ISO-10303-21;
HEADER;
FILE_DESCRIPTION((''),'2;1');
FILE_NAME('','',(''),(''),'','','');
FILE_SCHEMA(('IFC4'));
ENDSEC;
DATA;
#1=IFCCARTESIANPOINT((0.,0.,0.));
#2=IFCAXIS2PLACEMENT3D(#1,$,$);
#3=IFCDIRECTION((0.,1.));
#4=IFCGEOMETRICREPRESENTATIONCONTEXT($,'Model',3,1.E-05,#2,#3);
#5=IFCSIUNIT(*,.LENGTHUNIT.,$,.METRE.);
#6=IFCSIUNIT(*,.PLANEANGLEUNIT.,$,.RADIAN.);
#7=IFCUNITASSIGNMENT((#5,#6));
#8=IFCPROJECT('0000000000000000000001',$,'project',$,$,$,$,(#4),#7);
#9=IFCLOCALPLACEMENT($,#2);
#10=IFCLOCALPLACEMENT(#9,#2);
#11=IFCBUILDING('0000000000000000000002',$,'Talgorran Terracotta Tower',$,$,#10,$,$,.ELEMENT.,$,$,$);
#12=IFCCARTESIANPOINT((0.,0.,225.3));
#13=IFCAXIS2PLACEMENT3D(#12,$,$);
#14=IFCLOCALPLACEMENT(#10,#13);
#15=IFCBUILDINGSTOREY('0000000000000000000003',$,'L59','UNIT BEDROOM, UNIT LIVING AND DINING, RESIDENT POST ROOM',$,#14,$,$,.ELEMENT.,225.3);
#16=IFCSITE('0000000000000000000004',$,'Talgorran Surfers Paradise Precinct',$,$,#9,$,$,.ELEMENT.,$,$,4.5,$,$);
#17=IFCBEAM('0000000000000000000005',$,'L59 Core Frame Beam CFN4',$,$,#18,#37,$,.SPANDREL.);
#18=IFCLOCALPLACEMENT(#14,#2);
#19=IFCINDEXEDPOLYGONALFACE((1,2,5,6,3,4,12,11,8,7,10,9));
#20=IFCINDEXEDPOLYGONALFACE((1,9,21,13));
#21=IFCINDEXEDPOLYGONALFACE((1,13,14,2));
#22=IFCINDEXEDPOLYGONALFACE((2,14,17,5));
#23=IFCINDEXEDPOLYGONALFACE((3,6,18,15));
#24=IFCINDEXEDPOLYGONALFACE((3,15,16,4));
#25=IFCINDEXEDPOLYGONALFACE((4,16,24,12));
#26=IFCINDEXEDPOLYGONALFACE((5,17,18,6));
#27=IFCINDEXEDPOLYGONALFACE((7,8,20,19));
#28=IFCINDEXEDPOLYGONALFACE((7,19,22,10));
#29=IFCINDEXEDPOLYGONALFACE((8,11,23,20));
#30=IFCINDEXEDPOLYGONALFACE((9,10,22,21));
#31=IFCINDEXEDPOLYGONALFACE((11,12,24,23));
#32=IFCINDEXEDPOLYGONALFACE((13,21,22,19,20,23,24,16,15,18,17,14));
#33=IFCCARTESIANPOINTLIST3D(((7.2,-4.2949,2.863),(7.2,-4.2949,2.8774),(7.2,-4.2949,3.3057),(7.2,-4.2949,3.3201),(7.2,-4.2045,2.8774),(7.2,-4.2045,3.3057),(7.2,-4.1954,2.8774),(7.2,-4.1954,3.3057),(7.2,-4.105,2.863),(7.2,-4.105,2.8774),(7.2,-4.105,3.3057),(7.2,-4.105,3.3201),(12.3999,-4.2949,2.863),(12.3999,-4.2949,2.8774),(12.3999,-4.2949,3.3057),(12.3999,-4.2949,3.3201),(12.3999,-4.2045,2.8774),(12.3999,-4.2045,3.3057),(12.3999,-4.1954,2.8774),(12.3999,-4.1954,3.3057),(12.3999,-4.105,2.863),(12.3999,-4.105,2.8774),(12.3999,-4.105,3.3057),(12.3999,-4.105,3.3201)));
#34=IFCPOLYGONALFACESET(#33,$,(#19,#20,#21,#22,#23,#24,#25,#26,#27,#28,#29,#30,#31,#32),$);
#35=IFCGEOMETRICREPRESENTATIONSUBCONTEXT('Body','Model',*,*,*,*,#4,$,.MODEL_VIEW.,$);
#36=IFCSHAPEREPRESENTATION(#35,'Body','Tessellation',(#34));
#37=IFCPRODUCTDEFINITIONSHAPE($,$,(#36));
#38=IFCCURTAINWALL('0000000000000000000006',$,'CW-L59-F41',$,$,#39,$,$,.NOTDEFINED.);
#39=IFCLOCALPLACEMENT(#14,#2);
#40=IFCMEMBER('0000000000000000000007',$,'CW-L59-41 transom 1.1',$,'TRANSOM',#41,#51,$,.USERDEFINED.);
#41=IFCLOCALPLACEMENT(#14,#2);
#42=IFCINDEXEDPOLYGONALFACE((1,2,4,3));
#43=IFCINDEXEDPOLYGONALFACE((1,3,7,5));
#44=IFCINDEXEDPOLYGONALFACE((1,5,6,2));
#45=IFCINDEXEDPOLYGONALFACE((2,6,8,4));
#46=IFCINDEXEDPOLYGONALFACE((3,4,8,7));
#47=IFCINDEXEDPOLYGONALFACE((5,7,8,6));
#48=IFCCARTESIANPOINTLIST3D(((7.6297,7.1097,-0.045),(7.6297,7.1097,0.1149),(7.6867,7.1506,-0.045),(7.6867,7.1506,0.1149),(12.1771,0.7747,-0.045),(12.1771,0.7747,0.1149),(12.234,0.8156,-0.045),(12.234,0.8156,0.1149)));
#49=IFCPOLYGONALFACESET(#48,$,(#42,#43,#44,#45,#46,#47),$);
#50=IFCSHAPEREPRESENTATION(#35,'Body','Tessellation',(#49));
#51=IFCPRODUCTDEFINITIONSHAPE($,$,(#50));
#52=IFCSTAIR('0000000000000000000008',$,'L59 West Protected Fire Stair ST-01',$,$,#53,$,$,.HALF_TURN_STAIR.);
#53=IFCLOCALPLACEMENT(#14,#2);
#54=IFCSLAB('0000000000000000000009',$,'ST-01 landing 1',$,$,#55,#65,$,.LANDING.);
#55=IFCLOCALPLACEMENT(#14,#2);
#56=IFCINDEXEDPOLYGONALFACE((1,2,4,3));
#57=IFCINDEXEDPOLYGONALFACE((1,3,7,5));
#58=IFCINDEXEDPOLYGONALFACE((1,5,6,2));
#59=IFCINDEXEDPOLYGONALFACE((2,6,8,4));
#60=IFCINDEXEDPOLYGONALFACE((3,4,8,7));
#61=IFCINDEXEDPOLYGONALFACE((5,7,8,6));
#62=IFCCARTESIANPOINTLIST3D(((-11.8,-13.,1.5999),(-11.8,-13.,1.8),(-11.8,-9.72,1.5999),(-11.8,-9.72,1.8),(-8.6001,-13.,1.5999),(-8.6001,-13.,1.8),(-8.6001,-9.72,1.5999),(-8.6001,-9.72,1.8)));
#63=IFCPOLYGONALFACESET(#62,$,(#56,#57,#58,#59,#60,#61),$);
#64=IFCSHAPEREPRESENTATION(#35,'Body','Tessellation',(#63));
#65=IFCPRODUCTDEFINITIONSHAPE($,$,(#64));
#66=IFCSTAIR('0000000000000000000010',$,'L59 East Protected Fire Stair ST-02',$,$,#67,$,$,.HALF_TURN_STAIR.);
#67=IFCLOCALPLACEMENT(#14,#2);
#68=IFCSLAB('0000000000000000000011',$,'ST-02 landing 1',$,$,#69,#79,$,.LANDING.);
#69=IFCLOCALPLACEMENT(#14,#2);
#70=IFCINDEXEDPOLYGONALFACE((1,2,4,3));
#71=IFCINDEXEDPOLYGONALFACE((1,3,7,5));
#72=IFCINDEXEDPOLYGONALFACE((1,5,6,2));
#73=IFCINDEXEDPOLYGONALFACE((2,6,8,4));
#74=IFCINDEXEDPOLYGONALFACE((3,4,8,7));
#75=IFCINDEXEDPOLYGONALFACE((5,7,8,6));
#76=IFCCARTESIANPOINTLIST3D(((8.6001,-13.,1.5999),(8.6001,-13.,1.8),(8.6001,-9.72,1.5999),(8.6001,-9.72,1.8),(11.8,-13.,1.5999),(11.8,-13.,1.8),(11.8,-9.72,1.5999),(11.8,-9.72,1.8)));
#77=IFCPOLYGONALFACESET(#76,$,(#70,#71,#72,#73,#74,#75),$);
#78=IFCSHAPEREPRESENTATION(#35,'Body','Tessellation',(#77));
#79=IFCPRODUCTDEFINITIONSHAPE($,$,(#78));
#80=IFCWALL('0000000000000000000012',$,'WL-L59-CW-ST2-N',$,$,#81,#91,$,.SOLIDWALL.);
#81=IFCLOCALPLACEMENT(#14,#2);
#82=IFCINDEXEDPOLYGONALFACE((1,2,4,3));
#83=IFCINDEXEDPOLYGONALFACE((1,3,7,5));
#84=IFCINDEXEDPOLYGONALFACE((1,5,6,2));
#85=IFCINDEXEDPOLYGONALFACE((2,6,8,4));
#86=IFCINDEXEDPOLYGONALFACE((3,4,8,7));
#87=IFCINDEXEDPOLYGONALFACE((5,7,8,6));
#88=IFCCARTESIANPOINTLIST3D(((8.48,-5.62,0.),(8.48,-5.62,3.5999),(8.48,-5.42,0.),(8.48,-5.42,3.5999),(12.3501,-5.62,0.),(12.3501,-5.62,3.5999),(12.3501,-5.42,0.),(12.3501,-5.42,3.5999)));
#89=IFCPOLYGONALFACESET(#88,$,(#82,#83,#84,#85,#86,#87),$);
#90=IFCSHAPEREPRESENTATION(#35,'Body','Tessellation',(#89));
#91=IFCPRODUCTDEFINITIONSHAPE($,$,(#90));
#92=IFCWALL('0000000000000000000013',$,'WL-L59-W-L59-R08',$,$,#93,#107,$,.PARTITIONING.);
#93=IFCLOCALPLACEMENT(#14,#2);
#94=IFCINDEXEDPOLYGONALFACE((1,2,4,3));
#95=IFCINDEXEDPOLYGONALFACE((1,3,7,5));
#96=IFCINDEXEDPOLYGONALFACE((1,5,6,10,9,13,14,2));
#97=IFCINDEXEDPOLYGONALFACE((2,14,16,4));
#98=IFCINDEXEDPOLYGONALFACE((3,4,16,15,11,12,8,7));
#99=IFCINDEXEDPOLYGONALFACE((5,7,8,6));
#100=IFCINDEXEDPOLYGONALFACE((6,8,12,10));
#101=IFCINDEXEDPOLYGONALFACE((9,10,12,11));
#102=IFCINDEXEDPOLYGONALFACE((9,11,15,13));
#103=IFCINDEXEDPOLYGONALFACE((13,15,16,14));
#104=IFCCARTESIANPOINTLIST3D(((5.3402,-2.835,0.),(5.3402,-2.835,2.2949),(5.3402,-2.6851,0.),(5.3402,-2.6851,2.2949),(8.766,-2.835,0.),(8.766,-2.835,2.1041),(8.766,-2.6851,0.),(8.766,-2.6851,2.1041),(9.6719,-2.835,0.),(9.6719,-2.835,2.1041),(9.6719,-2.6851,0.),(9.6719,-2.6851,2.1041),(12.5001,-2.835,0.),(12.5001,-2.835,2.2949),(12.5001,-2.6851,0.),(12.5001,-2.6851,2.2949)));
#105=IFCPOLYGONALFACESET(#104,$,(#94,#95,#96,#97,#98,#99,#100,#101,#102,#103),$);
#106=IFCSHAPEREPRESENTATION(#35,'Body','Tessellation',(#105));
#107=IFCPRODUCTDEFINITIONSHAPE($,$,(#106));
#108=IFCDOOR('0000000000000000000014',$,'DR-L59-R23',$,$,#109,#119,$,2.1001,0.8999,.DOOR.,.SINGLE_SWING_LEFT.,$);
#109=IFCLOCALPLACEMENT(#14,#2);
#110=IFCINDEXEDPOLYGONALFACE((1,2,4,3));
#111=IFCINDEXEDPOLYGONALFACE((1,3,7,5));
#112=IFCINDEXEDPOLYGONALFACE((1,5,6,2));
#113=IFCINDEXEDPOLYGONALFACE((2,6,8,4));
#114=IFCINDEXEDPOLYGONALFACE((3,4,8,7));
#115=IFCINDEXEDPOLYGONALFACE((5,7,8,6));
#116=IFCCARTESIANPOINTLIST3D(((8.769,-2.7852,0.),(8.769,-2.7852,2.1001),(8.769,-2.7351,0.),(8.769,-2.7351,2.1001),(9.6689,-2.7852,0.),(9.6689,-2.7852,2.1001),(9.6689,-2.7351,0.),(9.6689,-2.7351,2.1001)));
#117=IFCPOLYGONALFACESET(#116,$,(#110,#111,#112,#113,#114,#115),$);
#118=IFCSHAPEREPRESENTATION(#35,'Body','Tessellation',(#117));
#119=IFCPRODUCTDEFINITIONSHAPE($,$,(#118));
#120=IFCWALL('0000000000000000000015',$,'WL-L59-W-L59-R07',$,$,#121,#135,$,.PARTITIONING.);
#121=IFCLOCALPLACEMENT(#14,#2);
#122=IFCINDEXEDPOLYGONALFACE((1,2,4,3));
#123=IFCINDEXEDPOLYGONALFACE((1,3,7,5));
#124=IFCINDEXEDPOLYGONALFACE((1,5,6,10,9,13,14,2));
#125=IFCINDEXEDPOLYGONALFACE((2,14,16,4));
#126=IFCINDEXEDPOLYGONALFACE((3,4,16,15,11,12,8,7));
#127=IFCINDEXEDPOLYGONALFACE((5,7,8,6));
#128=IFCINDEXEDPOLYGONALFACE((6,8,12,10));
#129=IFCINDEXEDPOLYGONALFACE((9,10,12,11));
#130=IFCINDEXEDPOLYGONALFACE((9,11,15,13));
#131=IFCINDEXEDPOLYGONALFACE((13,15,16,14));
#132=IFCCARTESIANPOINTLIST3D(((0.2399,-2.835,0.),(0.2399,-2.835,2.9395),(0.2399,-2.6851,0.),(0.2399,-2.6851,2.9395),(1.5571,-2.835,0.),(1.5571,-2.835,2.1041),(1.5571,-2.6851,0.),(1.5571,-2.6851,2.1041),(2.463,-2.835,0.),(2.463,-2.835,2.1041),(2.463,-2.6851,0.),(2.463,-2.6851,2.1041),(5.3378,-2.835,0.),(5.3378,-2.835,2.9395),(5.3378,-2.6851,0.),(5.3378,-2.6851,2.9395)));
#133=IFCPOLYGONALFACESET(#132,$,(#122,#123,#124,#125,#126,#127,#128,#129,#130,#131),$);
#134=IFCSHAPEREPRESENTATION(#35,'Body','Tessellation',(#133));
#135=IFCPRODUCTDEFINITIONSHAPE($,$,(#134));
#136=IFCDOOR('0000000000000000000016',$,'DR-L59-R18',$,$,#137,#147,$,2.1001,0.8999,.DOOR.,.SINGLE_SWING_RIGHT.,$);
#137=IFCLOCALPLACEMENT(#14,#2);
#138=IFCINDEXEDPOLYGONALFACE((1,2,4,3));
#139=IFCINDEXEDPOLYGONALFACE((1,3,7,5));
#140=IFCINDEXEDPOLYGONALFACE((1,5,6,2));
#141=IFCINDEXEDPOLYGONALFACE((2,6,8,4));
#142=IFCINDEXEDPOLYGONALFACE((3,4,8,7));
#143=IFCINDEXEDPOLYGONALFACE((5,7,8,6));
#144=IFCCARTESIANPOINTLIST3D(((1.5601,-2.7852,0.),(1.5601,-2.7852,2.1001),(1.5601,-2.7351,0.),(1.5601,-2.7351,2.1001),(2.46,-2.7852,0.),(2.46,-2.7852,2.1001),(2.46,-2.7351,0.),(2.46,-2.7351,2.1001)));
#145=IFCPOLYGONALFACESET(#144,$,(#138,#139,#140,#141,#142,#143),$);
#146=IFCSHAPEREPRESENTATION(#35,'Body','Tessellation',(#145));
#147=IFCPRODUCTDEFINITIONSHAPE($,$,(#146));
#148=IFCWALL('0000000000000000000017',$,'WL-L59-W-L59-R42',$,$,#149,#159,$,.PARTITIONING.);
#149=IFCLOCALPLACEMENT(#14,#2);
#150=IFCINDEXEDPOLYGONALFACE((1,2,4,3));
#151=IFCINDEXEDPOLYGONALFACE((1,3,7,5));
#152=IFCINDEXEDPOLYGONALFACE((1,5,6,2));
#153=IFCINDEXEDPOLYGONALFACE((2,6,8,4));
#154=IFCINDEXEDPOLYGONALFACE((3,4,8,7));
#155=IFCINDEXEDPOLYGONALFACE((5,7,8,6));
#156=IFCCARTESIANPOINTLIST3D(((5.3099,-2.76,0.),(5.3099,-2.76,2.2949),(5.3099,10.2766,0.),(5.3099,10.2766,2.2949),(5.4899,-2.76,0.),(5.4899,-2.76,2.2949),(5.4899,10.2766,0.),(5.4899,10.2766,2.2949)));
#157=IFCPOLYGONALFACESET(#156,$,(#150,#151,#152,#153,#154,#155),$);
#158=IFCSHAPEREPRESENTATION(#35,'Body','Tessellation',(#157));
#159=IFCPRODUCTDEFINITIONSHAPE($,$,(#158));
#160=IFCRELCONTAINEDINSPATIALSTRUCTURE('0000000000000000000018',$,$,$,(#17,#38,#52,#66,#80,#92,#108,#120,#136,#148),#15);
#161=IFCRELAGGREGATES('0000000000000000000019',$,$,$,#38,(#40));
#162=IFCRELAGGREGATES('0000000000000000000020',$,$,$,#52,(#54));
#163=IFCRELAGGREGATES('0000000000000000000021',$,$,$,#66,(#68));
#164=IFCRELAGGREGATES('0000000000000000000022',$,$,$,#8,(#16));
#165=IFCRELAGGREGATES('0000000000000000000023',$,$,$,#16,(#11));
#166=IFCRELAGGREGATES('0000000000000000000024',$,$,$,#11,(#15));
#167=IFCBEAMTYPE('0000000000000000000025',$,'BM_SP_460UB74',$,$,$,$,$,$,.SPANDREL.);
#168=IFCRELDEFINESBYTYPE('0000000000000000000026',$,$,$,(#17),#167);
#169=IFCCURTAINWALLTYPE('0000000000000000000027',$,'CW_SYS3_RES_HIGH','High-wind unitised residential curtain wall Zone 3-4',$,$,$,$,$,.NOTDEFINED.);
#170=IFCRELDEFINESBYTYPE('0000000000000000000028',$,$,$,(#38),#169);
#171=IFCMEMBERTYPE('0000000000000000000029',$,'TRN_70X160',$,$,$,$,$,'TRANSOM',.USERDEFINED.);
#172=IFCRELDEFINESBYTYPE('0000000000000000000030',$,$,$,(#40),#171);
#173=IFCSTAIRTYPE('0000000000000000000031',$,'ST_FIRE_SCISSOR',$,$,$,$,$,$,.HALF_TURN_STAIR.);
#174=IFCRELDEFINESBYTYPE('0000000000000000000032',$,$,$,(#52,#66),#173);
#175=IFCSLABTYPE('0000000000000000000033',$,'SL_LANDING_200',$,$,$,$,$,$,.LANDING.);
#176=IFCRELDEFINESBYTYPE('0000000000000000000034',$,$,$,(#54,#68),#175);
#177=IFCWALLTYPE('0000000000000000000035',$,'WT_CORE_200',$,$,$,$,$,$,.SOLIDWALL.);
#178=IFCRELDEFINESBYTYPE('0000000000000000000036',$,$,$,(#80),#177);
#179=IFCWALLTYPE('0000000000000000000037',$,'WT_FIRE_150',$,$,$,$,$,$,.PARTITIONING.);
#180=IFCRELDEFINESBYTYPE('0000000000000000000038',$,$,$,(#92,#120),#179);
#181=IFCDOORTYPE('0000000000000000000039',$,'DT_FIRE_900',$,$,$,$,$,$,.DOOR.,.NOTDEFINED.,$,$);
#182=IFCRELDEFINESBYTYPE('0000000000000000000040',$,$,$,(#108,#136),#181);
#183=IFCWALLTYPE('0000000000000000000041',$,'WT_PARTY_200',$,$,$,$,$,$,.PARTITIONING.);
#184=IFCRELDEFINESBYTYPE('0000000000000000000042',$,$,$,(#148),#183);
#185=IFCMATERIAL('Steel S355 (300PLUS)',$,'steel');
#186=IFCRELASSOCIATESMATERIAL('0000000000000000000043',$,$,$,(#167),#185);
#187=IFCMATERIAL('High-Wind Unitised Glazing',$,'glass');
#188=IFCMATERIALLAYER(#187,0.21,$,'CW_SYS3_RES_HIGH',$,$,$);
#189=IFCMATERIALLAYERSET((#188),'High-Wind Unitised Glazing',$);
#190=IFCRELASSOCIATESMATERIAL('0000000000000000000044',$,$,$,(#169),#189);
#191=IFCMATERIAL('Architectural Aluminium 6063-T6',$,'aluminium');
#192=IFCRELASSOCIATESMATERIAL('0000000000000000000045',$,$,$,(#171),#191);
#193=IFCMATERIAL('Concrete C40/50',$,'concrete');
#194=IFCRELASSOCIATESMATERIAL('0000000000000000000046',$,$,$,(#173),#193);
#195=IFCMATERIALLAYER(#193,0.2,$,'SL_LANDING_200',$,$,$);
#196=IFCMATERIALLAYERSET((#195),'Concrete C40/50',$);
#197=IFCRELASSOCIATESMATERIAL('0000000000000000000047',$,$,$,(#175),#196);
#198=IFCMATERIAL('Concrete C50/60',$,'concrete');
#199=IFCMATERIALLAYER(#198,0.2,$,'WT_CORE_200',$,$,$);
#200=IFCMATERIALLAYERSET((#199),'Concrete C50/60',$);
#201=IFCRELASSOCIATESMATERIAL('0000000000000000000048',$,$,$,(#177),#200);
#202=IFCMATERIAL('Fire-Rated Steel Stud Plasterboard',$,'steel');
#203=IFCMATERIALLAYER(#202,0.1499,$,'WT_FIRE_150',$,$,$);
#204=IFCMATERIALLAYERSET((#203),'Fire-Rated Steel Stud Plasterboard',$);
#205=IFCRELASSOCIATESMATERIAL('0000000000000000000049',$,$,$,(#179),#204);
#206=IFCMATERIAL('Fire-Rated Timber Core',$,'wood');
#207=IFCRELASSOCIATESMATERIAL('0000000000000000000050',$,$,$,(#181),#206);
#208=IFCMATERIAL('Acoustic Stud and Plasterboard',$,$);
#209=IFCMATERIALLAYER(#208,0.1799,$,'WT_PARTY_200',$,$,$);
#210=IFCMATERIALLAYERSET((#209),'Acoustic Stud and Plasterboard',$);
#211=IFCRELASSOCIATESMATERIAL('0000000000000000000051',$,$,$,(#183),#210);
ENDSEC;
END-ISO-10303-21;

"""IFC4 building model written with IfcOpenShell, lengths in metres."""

from ifc_helpers import new_model, si_unit, direction, frame, frame_2d, origin, origin_2d, place, context, subcontext, project, spatial, polyline, rectangle, i_section, outline, extrude, material, layer, layer_set, material_profile, profile_set, type_object, element, fill, aggregate, save


model = new_model("IFC4")

# Units and contexts
model_context = context("Model", 3, precision=1e-05, world=origin(), true_north=direction((0.0, 1.0)))
body_context = subcontext(model_context, "Body", "Model", "MODEL_VIEW")
ifc_project = project(units=[si_unit("LENGTHUNIT", "METRE"), si_unit("PLANEANGLEUNIT", "RADIAN")], contexts=[model_context])

# Site, building, storey
site_placement = place(None, origin())
site = spatial("IfcSite", under=ifc_project, at=site_placement, Name="Talgorran Surfers Paradise Precinct", CompositionType="ELEMENT", RefElevation=4.5)
building_placement = place(site_placement, origin())
building = spatial("IfcBuilding", under=site, at=building_placement, Name="Talgorran Terracotta Tower", CompositionType="ELEMENT")
storey_placement = place(building_placement, frame((0.0, 0.0, 225.3)))
storey = spatial("IfcBuildingStorey", under=building, at=storey_placement, Name="L59", Description="UNIT BEDROOM, UNIT LIVING AND DINING, RESIDENT POST ROOM", CompositionType="ELEMENT", Elevation=225.3)

# Shared definitions
ifc_material_1 = material(Name="Steel S355 (300PLUS)", Category="steel")

# Beam
ifc_material_profile_1 = material_profile(ifc_material_1, i_section(OverallWidth=0.1899, OverallDepth=0.457, WebThickness=0.009, FlangeThickness=0.0144, at=origin_2d()), Name="460UB74.6")
ifc_profile_set_1 = profile_set([ifc_material_profile_1], Name="Steel S355 (300PLUS)")
beam_type_1 = type_object("IfcBeamType", Name="BM_SP_460UB74", PredefinedType="SPANDREL", material=ifc_profile_set_1)
beam_1_placement = place(storey_placement, frame((7.2, -4.2, 3.0916), z_axis=(1.0, 0.0, 0.0), x_axis=(0.0, 1.0, 0.0)))
element("IfcBeam", 1, at=beam_1_placement, inside=storey, type_object=beam_type_1, Name="L59 Core Frame Beam CFN4", PredefinedType="SPANDREL", context=body_context, shape_type="SweptSolid", body=[
    extrude(i_section(OverallWidth=0.1899, OverallDepth=0.457, WebThickness=0.009, FlangeThickness=0.0144, at=origin_2d()), origin(), (0.0, 0.0, 1.0), 5.2),
])

# Curtain wall, member
ifc_material_2 = material(Name="High-Wind Unitised Glazing", Category="glass")
ifc_layer_1 = layer(ifc_material_2, 0.21, Name="CW_SYS3_RES_HIGH")
ifc_layer_set_1 = layer_set([ifc_layer_1], Name="High-Wind Unitised Glazing")
curtain_wall_type = type_object("IfcCurtainWallType", Name="CW_SYS3_RES_HIGH", Description="High-wind unitised residential curtain wall Zone 3-4", PredefinedType="NOTDEFINED", material=ifc_layer_set_1)
curtain_wall_placement = place(storey_placement, origin())
curtain_wall = element("IfcCurtainWall", 2, at=curtain_wall_placement, inside=storey, type_object=curtain_wall_type, Name="CW-L59-F41", PredefinedType="NOTDEFINED")
ifc_material_3 = material(Name="Architectural Aluminium 6063-T6", Category="aluminium")
ifc_material_profile_2 = material_profile(ifc_material_3, rectangle(XDim=0.0701, YDim=0.1599, at=origin_2d()), Name="CWT70X160")
ifc_profile_set_2 = profile_set([ifc_material_profile_2], Name="Architectural Aluminium 6063-T6")
member_type = type_object("IfcMemberType", Name="TRN_70X160", ElementType="TRANSOM", PredefinedType="USERDEFINED", material=ifc_profile_set_2)
member_placement = place(storey_placement, frame((12.2056, 0.7952, 0.0349), z_axis=(-0.583138, 0.812373, 0.0), x_axis=(-0.812373, -0.583138, 0.0)))
member = element("IfcMember", 3, at=member_placement, type_object=member_type, Name="CW-L59-41 transom 1.1", ObjectType="TRANSOM", PredefinedType="USERDEFINED", context=body_context, shape_type="SweptSolid", body=[
    extrude(rectangle(XDim=0.0701, YDim=0.1599, at=origin_2d()), origin(), (0.0, 0.0, 1.0), 7.7981),
])
aggregate(curtain_wall, [member])

# Stairs, slabs
ifc_material_4 = material(Name="Concrete C40/50", Category="concrete")
stair_type = type_object("IfcStairType", Name="ST_FIRE_SCISSOR", PredefinedType="HALF_TURN_STAIR", material=ifc_material_4)
stair_1_placement = place(storey_placement, origin())
stair_1 = element("IfcStair", 4, at=stair_1_placement, inside=storey, type_object=stair_type, Name="L59 West Protected Fire Stair ST-01", PredefinedType="HALF_TURN_STAIR")
ifc_layer_2 = layer(ifc_material_4, 0.2, Name="SL_LANDING_200")
ifc_layer_set_2 = layer_set([ifc_layer_2], Name="Concrete C40/50")
slab_type = type_object("IfcSlabType", Name="SL_LANDING_200", PredefinedType="LANDING", material=ifc_layer_set_2)
slab_1_placement = place(storey_placement, frame((0.0, 0.0, 1.5999)))
slab_1 = element("IfcSlab", 5, at=slab_1_placement, type_object=slab_type, Name="ST-01 landing 1", PredefinedType="LANDING", context=body_context, shape_type="SweptSolid", body=[
    extrude(outline(polyline([(-11.8, -9.72), (-11.8, -13.0), (-8.6001, -13.0), (-8.6001, -9.72), (-11.8, -9.72)])), origin(), (0.0, 0.0, 1.0), 0.2002),
])
aggregate(stair_1, [slab_1])
stair_2_placement = place(storey_placement, origin())
stair_2 = element("IfcStair", 6, at=stair_2_placement, inside=storey, type_object=stair_type, Name="L59 East Protected Fire Stair ST-02", PredefinedType="HALF_TURN_STAIR")
slab_2_placement = place(storey_placement, frame((0.0, 0.0, 1.5999)))
slab_2 = element("IfcSlab", 7, at=slab_2_placement, type_object=slab_type, Name="ST-02 landing 1", PredefinedType="LANDING", context=body_context, shape_type="SweptSolid", body=[
    extrude(outline(polyline([(8.6001, -9.72), (8.6001, -13.0), (11.8, -13.0), (11.8, -9.72), (8.6001, -9.72)])), origin(), (0.0, 0.0, 1.0), 0.2002),
])
aggregate(stair_2, [slab_2])

# Wall
ifc_material_5 = material(Name="Concrete C50/60", Category="concrete")
ifc_layer_3 = layer(ifc_material_5, 0.2, Name="WT_CORE_200")
ifc_layer_set_3 = layer_set([ifc_layer_3], Name="Concrete C50/60")
wall_type_1 = type_object("IfcWallType", Name="WT_CORE_200", PredefinedType="SOLIDWALL", material=ifc_layer_set_3)
wall_1_placement = place(storey_placement, frame((8.48, -5.52, 0.0), z_axis=(0.0, 0.0, 1.0), x_axis=(1.0, 0.0, 0.0)))
element("IfcWall", 8, at=wall_1_placement, inside=storey, type_object=wall_type_1, Name="WL-L59-CW-ST2-N", PredefinedType="SOLIDWALL", context=body_context, shape_type="SweptSolid", body=[
    extrude(rectangle(XDim=3.8701, YDim=0.2, at=frame_2d((1.9351, 0.0))), origin(), (0.0, 0.0, 1.0), 3.5999),
])

# Walls, openings, doors
ifc_material_6 = material(Name="Fire-Rated Steel Stud Plasterboard", Category="steel")
ifc_layer_4 = layer(ifc_material_6, 0.1499, Name="WT_FIRE_150")
ifc_layer_set_4 = layer_set([ifc_layer_4], Name="Fire-Rated Steel Stud Plasterboard")
wall_type_2 = type_object("IfcWallType", Name="WT_FIRE_150", PredefinedType="PARTITIONING", material=ifc_layer_set_4)
wall_2_placement = place(storey_placement, frame((5.3401, -2.76, 0.0), z_axis=(0.0, 0.0, 1.0), x_axis=(1.0, 0.0, 0.0)))
wall_2 = element("IfcWall", 9, at=wall_2_placement, inside=storey, type_object=wall_type_2, Name="WL-L59-W-L59-R08", PredefinedType="PARTITIONING", context=body_context, shape_type="SweptSolid", body=[
    extrude(rectangle(XDim=7.1599, YDim=0.1499, at=frame_2d((3.5801, 0.0))), origin(), (0.0, 0.0, 1.0), 2.2949),
])
opening_1_placement = place(wall_2_placement, frame((3.429, 0.0, 0.0)))
opening_1 = element("IfcOpeningElement", 10, at=opening_1_placement, cuts=wall_2, PredefinedType="OPENING", context=body_context, shape_type="SweptSolid", body=[
    extrude(rectangle(XDim=0.9059, YDim=2.1041, at=frame_2d((0.45, 1.052))), frame((0.0, 0.085, 0.0), z_axis=(0.0, -1.0, 0.0), x_axis=(1.0, 0.0, 0.0)), (0.0, 0.0, 1.0), 0.1699),
])
ifc_material_7 = material(Name="Fire-Rated Timber Core", Category="wood")
door_type_1 = type_object("IfcDoorType", Name="DT_FIRE_900", OperationType="NOTDEFINED", PredefinedType="DOOR", material=ifc_material_7)
door_1_placement = place(opening_1_placement, origin())
door_1 = element("IfcDoor", 11, at=door_1_placement, inside=storey, type_object=door_type_1, Name="DR-L59-R23", OperationType="SINGLE_SWING_LEFT", OverallHeight=2.1001, OverallWidth=0.8999, PredefinedType="DOOR", context=body_context, shape_type="SweptSolid", body=[
    extrude(rectangle(XDim=0.8999, YDim=2.1001, at=frame_2d((0.45, 1.05))), frame((0.0, 0.0249, 0.0), z_axis=(0.0, -1.0, 0.0), x_axis=(1.0, 0.0, 0.0)), (0.0, 0.0, 1.0), 0.05),
])
fill(opening_1, door_1)
wall_3_placement = place(storey_placement, frame((0.24, -2.76, 0.0), z_axis=(0.0, 0.0, 1.0), x_axis=(1.0, 0.0, 0.0)))
wall_3 = element("IfcWall", 12, at=wall_3_placement, inside=storey, type_object=wall_type_2, Name="WL-L59-W-L59-R07", PredefinedType="PARTITIONING", context=body_context, shape_type="SweptSolid", body=[
    extrude(rectangle(XDim=5.0979, YDim=0.1499, at=frame_2d((2.5488, 0.0))), origin(), (0.0, 0.0, 1.0), 2.9395),
])
opening_2_placement = place(wall_3_placement, frame((1.3201, 0.0, 0.0)))
opening_2 = element("IfcOpeningElement", 13, at=opening_2_placement, cuts=wall_3, PredefinedType="OPENING", context=body_context, shape_type="SweptSolid", body=[
    extrude(rectangle(XDim=0.9059, YDim=2.1041, at=frame_2d((0.45, 1.052))), frame((0.0, 0.085, 0.0), z_axis=(0.0, -1.0, 0.0), x_axis=(1.0, 0.0, 0.0)), (0.0, 0.0, 1.0), 0.1699),
])
door_2_placement = place(opening_2_placement, origin())
door_2 = element("IfcDoor", 14, at=door_2_placement, inside=storey, type_object=door_type_1, Name="DR-L59-R18", OperationType="SINGLE_SWING_RIGHT", OverallHeight=2.1001, OverallWidth=0.8999, PredefinedType="DOOR", context=body_context, shape_type="SweptSolid", body=[
    extrude(rectangle(XDim=0.8999, YDim=2.1001, at=frame_2d((0.45, 1.05))), frame((0.0, 0.0249, 0.0), z_axis=(0.0, -1.0, 0.0), x_axis=(1.0, 0.0, 0.0)), (0.0, 0.0, 1.0), 0.05),
])
fill(opening_2, door_2)

# Wall
ifc_material_8 = material(Name="Acoustic Stud and Plasterboard")
ifc_layer_5 = layer(ifc_material_8, 0.1799, Name="WT_PARTY_200")
ifc_layer_set_5 = layer_set([ifc_layer_5], Name="Acoustic Stud and Plasterboard")
wall_type_3 = type_object("IfcWallType", Name="WT_PARTY_200", PredefinedType="PARTITIONING", material=ifc_layer_set_5)
wall_4_placement = place(storey_placement, frame((5.3999, -2.76, 0.0), z_axis=(0.0, 0.0, 1.0), x_axis=(0.0, 1.0, 0.0)))
element("IfcWall", 15, at=wall_4_placement, inside=storey, type_object=wall_type_3, Name="WL-L59-W-L59-R42", PredefinedType="PARTITIONING", context=body_context, shape_type="SweptSolid", body=[
    extrude(rectangle(XDim=13.0366, YDim=0.1799, at=frame_2d((6.5183, 0.0))), origin(), (0.0, 0.0, 1.0), 2.2949),
])

save(model, "model.ifc")
